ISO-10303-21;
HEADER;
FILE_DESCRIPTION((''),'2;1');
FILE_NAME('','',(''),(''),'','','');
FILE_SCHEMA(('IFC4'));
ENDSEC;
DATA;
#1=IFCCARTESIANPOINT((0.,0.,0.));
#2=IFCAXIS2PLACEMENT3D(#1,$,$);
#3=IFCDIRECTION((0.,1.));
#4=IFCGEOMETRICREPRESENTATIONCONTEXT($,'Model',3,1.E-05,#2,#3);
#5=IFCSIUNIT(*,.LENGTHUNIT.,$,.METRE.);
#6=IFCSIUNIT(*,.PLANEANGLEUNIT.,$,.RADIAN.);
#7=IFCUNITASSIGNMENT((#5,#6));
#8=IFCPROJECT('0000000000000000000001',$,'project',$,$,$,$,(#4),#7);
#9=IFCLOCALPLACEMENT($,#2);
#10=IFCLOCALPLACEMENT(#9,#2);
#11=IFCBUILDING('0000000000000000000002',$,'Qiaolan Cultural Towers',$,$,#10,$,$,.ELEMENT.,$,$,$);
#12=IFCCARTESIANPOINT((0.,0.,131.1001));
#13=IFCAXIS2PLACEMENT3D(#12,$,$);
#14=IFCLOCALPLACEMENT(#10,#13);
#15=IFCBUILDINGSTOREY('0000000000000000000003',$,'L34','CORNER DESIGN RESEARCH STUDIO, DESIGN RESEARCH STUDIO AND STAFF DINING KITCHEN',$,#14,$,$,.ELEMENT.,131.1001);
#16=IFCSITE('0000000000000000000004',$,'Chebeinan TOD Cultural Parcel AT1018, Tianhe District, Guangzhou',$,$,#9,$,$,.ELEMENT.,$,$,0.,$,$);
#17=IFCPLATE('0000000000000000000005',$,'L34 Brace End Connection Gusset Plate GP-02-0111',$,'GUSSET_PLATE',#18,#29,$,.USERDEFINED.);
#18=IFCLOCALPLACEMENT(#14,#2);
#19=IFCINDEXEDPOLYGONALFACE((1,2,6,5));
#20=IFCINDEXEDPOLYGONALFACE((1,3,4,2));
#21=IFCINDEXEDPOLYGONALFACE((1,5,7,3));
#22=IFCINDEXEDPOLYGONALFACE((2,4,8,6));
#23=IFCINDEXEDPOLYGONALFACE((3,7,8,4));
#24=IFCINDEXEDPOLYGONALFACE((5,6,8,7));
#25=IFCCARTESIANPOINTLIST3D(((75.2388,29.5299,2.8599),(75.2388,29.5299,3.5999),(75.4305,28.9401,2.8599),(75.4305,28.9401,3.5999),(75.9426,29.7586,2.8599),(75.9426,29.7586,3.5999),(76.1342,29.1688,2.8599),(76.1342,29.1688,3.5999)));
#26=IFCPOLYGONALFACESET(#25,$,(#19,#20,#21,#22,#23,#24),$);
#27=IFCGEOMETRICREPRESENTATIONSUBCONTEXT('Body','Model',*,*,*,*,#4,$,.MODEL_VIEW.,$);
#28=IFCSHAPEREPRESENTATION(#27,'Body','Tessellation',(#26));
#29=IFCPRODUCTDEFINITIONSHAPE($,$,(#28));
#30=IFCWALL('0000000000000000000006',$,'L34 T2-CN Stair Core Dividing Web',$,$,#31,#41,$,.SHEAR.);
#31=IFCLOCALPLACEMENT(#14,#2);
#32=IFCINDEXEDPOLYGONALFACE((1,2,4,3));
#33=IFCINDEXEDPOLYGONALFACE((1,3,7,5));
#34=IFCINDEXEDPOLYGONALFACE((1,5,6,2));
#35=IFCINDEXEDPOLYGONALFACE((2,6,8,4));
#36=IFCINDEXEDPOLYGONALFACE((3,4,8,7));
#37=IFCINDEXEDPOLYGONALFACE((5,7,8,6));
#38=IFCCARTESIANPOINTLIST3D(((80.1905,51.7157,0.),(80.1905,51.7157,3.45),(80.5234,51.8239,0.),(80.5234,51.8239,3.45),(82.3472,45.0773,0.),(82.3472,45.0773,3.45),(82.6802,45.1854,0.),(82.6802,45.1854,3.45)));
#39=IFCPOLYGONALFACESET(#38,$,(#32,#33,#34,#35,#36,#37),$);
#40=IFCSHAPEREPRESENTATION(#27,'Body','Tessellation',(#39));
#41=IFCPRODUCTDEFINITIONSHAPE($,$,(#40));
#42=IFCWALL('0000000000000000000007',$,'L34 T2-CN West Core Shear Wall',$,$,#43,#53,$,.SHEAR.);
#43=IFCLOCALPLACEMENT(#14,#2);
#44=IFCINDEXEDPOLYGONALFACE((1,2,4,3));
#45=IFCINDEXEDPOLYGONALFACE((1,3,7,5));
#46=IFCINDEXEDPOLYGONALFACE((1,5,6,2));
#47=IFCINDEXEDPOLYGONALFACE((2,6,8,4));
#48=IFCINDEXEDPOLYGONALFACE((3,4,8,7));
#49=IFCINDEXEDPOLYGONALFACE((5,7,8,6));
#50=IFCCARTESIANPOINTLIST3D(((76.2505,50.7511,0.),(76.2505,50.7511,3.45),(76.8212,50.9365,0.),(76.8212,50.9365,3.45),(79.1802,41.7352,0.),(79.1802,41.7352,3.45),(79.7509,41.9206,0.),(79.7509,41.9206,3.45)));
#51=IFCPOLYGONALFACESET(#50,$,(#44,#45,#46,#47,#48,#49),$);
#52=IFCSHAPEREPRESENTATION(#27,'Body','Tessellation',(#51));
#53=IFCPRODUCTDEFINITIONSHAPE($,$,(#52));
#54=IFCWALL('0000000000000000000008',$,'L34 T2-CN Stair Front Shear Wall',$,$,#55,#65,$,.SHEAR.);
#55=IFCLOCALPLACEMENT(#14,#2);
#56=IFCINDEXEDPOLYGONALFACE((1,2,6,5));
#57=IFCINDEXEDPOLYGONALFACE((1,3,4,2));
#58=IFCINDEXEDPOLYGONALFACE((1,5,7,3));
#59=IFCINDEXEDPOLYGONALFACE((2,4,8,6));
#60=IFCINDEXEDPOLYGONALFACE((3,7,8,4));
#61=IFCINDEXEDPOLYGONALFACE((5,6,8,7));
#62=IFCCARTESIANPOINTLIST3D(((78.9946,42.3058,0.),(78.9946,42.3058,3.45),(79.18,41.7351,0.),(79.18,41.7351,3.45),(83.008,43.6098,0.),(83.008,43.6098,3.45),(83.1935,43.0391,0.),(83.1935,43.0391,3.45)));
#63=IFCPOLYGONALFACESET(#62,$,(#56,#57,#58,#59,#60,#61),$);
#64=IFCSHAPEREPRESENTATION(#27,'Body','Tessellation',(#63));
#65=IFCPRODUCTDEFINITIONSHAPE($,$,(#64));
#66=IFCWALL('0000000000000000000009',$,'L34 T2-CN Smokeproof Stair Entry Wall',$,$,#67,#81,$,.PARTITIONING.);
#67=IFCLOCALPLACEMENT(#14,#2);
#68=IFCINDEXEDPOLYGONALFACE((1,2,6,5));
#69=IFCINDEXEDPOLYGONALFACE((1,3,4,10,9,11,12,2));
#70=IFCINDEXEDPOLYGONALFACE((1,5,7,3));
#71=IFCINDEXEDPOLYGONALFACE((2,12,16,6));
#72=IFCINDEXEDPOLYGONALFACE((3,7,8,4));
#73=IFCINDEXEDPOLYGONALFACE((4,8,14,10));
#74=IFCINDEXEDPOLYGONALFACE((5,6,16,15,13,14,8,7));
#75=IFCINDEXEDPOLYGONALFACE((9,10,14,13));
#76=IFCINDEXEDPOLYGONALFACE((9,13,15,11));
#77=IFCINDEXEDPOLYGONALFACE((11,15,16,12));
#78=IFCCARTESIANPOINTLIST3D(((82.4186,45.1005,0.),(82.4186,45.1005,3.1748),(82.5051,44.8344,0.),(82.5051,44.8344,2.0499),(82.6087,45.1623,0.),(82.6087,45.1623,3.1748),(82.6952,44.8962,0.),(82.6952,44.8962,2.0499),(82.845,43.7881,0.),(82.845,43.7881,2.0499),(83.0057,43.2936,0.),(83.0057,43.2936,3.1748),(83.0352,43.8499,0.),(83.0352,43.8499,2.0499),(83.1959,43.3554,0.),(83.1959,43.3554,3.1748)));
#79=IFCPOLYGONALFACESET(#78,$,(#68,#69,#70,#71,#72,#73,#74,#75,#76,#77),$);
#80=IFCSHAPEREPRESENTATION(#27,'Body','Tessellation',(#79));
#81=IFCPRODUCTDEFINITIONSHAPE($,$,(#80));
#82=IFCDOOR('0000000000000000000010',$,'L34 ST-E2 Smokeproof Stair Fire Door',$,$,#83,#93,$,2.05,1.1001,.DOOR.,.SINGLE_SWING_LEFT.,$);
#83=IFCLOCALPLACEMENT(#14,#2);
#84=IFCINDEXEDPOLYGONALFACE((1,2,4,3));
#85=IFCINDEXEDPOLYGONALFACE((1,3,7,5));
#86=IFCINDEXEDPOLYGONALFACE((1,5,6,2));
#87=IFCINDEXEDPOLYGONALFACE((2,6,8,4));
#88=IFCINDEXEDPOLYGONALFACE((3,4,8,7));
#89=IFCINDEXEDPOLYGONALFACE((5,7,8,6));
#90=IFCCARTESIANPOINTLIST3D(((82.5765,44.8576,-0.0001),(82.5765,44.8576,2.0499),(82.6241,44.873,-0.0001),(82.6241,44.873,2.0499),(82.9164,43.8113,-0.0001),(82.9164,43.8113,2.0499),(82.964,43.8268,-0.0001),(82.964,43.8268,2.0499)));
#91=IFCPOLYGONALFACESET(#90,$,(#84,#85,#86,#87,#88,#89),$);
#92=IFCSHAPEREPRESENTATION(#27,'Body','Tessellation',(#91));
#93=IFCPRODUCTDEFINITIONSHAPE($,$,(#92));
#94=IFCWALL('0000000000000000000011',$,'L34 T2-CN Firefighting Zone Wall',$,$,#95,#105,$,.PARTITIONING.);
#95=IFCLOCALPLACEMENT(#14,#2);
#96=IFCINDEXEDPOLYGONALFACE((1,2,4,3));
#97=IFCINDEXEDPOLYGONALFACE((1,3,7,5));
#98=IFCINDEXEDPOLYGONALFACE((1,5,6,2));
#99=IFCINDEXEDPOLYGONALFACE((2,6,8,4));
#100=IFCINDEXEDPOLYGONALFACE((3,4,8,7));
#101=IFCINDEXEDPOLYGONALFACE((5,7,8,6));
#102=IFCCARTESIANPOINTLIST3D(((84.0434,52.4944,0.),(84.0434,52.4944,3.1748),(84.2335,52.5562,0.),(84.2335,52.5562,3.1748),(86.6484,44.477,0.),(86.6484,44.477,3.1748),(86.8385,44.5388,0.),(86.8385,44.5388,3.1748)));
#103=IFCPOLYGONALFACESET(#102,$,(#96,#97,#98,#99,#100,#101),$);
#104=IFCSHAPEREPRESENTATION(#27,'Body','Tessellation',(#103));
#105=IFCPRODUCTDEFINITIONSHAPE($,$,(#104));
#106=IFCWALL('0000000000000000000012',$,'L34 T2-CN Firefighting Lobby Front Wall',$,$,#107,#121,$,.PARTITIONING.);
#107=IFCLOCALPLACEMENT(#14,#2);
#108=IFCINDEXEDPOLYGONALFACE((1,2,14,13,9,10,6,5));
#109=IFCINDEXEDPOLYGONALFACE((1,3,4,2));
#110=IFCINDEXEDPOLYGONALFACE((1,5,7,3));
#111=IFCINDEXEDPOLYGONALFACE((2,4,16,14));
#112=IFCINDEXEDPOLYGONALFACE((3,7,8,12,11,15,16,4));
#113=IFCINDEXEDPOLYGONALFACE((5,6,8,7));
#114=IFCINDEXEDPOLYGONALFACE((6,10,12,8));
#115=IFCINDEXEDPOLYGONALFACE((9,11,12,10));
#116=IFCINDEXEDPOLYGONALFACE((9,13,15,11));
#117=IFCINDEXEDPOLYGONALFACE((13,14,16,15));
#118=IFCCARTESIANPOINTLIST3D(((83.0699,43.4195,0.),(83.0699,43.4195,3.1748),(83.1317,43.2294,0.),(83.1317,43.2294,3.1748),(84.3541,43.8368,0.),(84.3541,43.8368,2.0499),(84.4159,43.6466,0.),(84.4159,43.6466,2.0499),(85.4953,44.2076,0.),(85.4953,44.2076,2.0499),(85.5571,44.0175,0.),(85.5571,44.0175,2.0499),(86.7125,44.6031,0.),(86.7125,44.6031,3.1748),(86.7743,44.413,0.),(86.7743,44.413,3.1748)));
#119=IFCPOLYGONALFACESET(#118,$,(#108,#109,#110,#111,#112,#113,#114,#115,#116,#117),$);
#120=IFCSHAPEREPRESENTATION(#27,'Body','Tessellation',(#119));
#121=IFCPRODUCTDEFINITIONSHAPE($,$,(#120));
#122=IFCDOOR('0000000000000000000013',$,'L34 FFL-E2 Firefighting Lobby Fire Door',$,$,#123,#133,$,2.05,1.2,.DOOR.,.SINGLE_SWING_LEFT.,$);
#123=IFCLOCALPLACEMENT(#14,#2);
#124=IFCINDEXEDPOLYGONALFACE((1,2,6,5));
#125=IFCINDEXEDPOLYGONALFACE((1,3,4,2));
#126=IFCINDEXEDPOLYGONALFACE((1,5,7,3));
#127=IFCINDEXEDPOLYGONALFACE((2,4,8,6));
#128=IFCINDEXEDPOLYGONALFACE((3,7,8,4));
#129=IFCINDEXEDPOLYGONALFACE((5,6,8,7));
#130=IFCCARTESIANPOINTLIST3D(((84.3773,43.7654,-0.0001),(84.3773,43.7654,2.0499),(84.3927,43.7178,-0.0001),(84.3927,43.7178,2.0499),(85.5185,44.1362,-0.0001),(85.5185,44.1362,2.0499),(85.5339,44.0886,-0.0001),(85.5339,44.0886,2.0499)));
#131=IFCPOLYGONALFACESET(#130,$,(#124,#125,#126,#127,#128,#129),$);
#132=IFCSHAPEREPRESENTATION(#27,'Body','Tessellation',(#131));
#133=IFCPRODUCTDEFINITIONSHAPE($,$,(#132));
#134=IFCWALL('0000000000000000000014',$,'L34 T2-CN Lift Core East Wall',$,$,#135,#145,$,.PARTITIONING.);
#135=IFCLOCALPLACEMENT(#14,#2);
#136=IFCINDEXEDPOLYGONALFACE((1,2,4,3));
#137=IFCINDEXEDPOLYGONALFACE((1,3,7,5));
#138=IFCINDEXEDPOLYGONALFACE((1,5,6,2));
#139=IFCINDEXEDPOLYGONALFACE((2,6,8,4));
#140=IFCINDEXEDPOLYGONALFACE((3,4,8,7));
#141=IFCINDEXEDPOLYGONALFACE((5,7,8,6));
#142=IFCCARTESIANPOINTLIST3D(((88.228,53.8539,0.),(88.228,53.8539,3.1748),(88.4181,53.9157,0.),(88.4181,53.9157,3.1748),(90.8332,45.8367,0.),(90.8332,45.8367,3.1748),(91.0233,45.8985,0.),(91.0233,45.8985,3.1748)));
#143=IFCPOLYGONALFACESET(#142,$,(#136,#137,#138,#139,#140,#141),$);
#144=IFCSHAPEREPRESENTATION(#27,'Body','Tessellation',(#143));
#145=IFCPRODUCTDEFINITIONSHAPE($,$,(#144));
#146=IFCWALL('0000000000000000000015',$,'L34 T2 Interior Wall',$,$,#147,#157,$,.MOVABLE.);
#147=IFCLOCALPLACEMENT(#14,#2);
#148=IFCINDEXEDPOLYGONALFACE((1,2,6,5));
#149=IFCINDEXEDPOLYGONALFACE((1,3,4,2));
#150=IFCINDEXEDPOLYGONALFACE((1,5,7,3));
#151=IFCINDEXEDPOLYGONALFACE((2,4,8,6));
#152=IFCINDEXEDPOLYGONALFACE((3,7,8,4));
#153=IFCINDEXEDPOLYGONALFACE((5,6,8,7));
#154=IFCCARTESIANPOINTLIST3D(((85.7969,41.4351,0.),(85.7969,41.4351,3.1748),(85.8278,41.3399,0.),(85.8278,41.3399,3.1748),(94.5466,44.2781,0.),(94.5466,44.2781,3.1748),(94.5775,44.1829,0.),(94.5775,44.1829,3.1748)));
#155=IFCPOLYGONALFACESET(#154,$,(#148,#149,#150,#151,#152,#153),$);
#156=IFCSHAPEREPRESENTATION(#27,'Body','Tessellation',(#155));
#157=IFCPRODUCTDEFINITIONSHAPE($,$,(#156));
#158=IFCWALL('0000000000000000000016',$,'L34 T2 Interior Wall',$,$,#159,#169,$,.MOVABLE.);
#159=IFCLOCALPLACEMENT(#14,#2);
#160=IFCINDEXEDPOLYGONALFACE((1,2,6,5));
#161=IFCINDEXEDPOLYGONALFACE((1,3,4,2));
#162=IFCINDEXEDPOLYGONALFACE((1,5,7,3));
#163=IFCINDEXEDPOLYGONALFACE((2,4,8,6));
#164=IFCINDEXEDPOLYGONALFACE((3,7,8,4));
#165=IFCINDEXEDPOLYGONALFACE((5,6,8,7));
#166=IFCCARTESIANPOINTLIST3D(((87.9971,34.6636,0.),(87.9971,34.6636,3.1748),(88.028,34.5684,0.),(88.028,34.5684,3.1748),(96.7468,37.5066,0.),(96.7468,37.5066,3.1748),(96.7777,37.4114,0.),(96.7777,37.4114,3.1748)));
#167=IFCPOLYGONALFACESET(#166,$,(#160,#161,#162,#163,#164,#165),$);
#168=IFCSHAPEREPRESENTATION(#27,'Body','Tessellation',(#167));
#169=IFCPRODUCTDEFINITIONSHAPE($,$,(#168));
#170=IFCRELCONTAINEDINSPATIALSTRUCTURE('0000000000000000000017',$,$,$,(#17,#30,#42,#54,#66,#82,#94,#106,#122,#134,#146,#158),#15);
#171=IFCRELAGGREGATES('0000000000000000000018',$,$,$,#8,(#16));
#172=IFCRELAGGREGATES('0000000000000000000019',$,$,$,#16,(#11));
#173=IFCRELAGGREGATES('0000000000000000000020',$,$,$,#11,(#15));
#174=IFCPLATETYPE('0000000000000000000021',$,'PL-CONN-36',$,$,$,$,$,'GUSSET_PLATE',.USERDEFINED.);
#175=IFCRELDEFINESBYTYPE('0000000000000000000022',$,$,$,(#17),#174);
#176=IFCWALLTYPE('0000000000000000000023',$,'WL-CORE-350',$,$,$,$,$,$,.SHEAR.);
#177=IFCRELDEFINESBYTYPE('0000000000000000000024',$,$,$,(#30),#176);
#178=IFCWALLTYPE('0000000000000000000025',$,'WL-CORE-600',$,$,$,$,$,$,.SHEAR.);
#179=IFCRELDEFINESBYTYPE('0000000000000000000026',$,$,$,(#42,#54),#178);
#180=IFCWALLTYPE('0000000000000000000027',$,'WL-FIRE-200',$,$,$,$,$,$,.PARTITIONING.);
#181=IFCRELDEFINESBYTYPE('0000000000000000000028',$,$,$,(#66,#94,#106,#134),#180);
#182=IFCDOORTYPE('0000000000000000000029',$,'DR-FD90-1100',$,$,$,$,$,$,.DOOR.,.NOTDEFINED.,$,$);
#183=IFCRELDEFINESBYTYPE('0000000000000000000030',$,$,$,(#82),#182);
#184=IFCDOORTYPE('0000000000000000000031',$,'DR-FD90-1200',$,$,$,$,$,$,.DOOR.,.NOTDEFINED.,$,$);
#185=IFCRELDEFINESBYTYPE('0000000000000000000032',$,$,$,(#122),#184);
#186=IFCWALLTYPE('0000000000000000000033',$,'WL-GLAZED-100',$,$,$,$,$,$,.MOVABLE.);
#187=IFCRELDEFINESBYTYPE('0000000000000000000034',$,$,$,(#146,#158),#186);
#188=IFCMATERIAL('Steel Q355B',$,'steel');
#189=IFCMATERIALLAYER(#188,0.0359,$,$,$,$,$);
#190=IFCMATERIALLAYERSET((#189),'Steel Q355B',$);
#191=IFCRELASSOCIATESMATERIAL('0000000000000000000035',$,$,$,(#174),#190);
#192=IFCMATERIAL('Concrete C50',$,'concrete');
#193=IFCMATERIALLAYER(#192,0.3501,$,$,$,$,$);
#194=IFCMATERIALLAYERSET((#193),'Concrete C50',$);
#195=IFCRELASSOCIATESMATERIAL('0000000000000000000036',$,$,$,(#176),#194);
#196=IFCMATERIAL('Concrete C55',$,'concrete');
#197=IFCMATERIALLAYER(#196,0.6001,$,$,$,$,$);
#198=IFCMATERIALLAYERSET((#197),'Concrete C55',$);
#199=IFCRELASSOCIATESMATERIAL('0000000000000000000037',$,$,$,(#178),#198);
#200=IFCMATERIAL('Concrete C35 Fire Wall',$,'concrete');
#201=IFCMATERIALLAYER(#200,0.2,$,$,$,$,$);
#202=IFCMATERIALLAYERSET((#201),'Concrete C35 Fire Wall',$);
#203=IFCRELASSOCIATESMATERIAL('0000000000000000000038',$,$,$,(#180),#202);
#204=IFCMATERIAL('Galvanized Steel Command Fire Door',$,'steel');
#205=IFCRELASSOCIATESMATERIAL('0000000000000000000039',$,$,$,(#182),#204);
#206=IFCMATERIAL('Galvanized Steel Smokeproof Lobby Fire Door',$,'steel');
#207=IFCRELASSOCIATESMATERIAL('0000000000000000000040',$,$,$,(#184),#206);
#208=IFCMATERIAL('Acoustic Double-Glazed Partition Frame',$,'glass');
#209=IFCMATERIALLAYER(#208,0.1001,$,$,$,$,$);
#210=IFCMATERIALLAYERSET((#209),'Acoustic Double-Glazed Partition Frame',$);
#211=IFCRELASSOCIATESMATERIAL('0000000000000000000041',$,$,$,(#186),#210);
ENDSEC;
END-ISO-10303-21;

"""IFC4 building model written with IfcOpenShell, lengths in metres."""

from ifc_helpers import new_model, si_unit, direction, frame, frame_2d, origin, origin_2d, place, context, subcontext, project, spatial, rectangle, extrude, material, layer, layer_set, type_object, element, fill, save


model = new_model("IFC4")

# Units and contexts
model_context = context("Model", 3, precision=1e-05, world=origin(), true_north=direction((0.0, 1.0)))
body_context = subcontext(model_context, "Body", "Model", "MODEL_VIEW")
ifc_project = project(units=[si_unit("LENGTHUNIT", "METRE"), si_unit("PLANEANGLEUNIT", "RADIAN")], contexts=[model_context])

# Site, building, storey
site_placement = place(None, origin())
site = spatial("IfcSite", under=ifc_project, at=site_placement, Name="Chebeinan TOD Cultural Parcel AT1018, Tianhe District, Guangzhou", CompositionType="ELEMENT", RefElevation=0.0)
building_placement = place(site_placement, origin())
building = spatial("IfcBuilding", under=site, at=building_placement, Name="Qiaolan Cultural Towers", CompositionType="ELEMENT")
storey_placement = place(building_placement, frame((0.0, 0.0, 131.1001)))
storey = spatial("IfcBuildingStorey", under=building, at=storey_placement, Name="L34", Description="CORNER DESIGN RESEARCH STUDIO, DESIGN RESEARCH STUDIO AND STAFF DINING KITCHEN", CompositionType="ELEMENT", Elevation=131.1001)

# Plate
ifc_material_1 = material(Name="Steel Q355B", Category="steel")
ifc_layer_1 = layer(ifc_material_1, 0.0359)
ifc_layer_set_1 = layer_set([ifc_layer_1], Name="Steel Q355B")
plate_type = type_object("IfcPlateType", Name="PL-CONN-36", ElementType="GUSSET_PLATE", PredefinedType="USERDEFINED", material=ifc_layer_set_1)
plate_placement = place(storey_placement, frame((75.6865, 29.3494, 2.8599), z_axis=(0.0, 0.0, 1.0), x_axis=(0.951056, 0.309017, 0.0)))
element("IfcPlate", 1, at=plate_placement, inside=storey, type_object=plate_type, Name="L34 Brace End Connection Gusset Plate GP-02-0111", ObjectType="GUSSET_PLATE", PredefinedType="USERDEFINED", context=body_context, shape_type="SweptSolid", body=[
    extrude(rectangle(XDim=0.74, YDim=0.6201, at=origin_2d()), origin(), (0.0, 0.0, 1.0), 0.74),
])

# Walls
ifc_material_2 = material(Name="Concrete C50", Category="concrete")
ifc_layer_2 = layer(ifc_material_2, 0.3501)
ifc_layer_set_2 = layer_set([ifc_layer_2], Name="Concrete C50")
wall_type_1 = type_object("IfcWallType", Name="WL-CORE-350", PredefinedType="SHEAR", material=ifc_layer_set_2)
wall_1_placement = place(storey_placement, frame((82.5137, 45.1313, 0.0), z_axis=(0.0, 0.0, 1.0), x_axis=(-0.308989, 0.951066, 0.0)))
element("IfcWall", 2, at=wall_1_placement, inside=storey, type_object=wall_type_1, Name="L34 T2-CN Stair Core Dividing Web", PredefinedType="SHEAR", context=body_context, shape_type="SweptSolid", body=[
    extrude(rectangle(XDim=6.98, YDim=0.3501, at=frame_2d((3.49, 0.0))), origin(), (0.0, 0.0, 1.0), 3.45),
])
ifc_material_3 = material(Name="Concrete C55", Category="concrete")
ifc_layer_3 = layer(ifc_material_3, 0.6001)
ifc_layer_set_3 = layer_set([ifc_layer_3], Name="Concrete C55")
wall_type_2 = type_object("IfcWallType", Name="WL-CORE-600", PredefinedType="SHEAR", material=ifc_layer_set_3)
wall_2_placement = place(storey_placement, frame((79.4656, 41.8279, 0.0), z_axis=(0.0, 0.0, 1.0), x_axis=(-0.309041, 0.951049, 0.0)))
element("IfcWall", 3, at=wall_2_placement, inside=storey, type_object=wall_type_2, Name="L34 T2-CN West Core Shear Wall", PredefinedType="SHEAR", context=body_context, shape_type="SweptSolid", body=[
    extrude(rectangle(XDim=9.48, YDim=0.6001, at=frame_2d((4.74, 0.0))), origin(), (0.0, 0.0, 1.0), 3.45),
])
wall_3_placement = place(storey_placement, frame((79.0874, 42.0205, 0.0), z_axis=(0.0, 0.0, 1.0), x_axis=(0.951063, 0.308998, 0.0)))
element("IfcWall", 4, at=wall_3_placement, inside=storey, type_object=wall_type_2, Name="L34 T2-CN Stair Front Shear Wall", PredefinedType="SHEAR", context=body_context, shape_type="SweptSolid", body=[
    extrude(rectangle(XDim=4.22, YDim=0.6001, at=frame_2d((2.1099, 0.0))), origin(), (0.0, 0.0, 1.0), 3.45),
])

# Wall, opening, door
ifc_material_4 = material(Name="Concrete C35 Fire Wall", Category="concrete")
ifc_layer_4 = layer(ifc_material_4, 0.2)
ifc_layer_set_4 = layer_set([ifc_layer_4], Name="Concrete C35 Fire Wall")
wall_type_3 = type_object("IfcWallType", Name="WL-FIRE-200", PredefinedType="PARTITIONING", material=ifc_layer_set_4)
wall_4_placement = place(storey_placement, frame((83.1008, 43.3245, 0.0), z_axis=(0.0, 0.0, 1.0), x_axis=(-0.309048, 0.951046, 0.0)))
wall_4 = element("IfcWall", 5, at=wall_4_placement, inside=storey, type_object=wall_type_3, Name="L34 T2-CN Smokeproof Stair Entry Wall", PredefinedType="PARTITIONING", context=body_context, shape_type="SweptSolid", body=[
    extrude(rectangle(XDim=1.8999, YDim=0.2, at=frame_2d((0.95, 0.0))), origin(), (0.0, 0.0, 1.0), 3.1748),
])
opening_1_placement = place(wall_4_placement, frame((0.52, 0.0, 0.0)))
opening_1 = element("IfcOpeningElement", 6, at=opening_1_placement, cuts=wall_4, PredefinedType="OPENING", context=body_context, shape_type="SweptSolid", body=[
    extrude(rectangle(XDim=1.1001, YDim=2.05, at=frame_2d((0.55, 1.0249))), frame((0.0, 0.1099, 0.0), z_axis=(0.0, -1.0, 0.0), x_axis=(1.0, 0.0, 0.0)), (0.0, 0.0, 1.0), 0.22),
])
ifc_material_5 = material(Name="Galvanized Steel Command Fire Door", Category="steel")
door_type_1 = type_object("IfcDoorType", Name="DR-FD90-1100", OperationType="NOTDEFINED", PredefinedType="DOOR", material=ifc_material_5)
door_1_placement = place(opening_1_placement, origin())
door_1 = element("IfcDoor", 7, at=door_1_placement, inside=storey, type_object=door_type_1, Name="L34 ST-E2 Smokeproof Stair Fire Door", OperationType="SINGLE_SWING_LEFT", OverallHeight=2.05, OverallWidth=1.1001, PredefinedType="DOOR", context=body_context, shape_type="SweptSolid", body=[
    extrude(rectangle(XDim=1.1001, YDim=2.05, at=frame_2d((0.55, 1.0249))), frame((0.0, 0.0249, 0.0), z_axis=(0.0, -1.0, 0.0), x_axis=(1.0, 0.0, 0.0)), (0.0, 0.0, 1.0), 0.05),
])
fill(opening_1, door_1)

# Wall
wall_5_placement = place(storey_placement, frame((86.7434, 44.5081, 0.0), z_axis=(0.0, 0.0, 1.0), x_axis=(-0.309016, 0.951057, 0.0)))
element("IfcWall", 8, at=wall_5_placement, inside=storey, type_object=wall_type_3, Name="L34 T2-CN Firefighting Zone Wall", PredefinedType="PARTITIONING", context=body_context, shape_type="SweptSolid", body=[
    extrude(rectangle(XDim=8.4299, YDim=0.2, at=frame_2d((4.2148, 0.0))), origin(), (0.0, 0.0, 1.0), 3.1748),
])

# Wall, opening, door
wall_6_placement = place(storey_placement, frame((83.1008, 43.3245, 0.0), z_axis=(0.0, 0.0, 1.0), x_axis=(0.951053, 0.309028, 0.0)))
wall_6 = element("IfcWall", 9, at=wall_6_placement, inside=storey, type_object=wall_type_3, Name="L34 T2-CN Firefighting Lobby Front Wall", PredefinedType="PARTITIONING", context=body_context, shape_type="SweptSolid", body=[
    extrude(rectangle(XDim=3.8301, YDim=0.2, at=frame_2d((1.915, 0.0))), origin(), (0.0, 0.0, 1.0), 3.1748),
])
opening_2_placement = place(wall_6_placement, frame((1.3501, 0.0, 0.0)))
opening_2 = element("IfcOpeningElement", 10, at=opening_2_placement, cuts=wall_6, PredefinedType="OPENING", context=body_context, shape_type="SweptSolid", body=[
    extrude(rectangle(XDim=1.2, YDim=2.05, at=frame_2d((0.6001, 1.0249))), frame((0.0, 0.1099, 0.0), z_axis=(0.0, -1.0, 0.0), x_axis=(1.0, 0.0, 0.0)), (0.0, 0.0, 1.0), 0.22),
])
ifc_material_6 = material(Name="Galvanized Steel Smokeproof Lobby Fire Door", Category="steel")
door_type_2 = type_object("IfcDoorType", Name="DR-FD90-1200", OperationType="NOTDEFINED", PredefinedType="DOOR", material=ifc_material_6)
door_2_placement = place(opening_2_placement, origin())
door_2 = element("IfcDoor", 11, at=door_2_placement, inside=storey, type_object=door_type_2, Name="L34 FFL-E2 Firefighting Lobby Fire Door", OperationType="SINGLE_SWING_LEFT", OverallHeight=2.05, OverallWidth=1.2, PredefinedType="DOOR", context=body_context, shape_type="SweptSolid", body=[
    extrude(rectangle(XDim=1.2, YDim=2.05, at=frame_2d((0.6001, 1.0249))), frame((0.0, 0.0249, 0.0), z_axis=(0.0, -1.0, 0.0), x_axis=(1.0, 0.0, 0.0)), (0.0, 0.0, 1.0), 0.05),
])
fill(opening_2, door_2)

# Walls
wall_7_placement = place(storey_placement, frame((90.9282, 45.8677, 0.0), z_axis=(0.0, 0.0, 1.0), x_axis=(-0.309042, 0.951048, 0.0)))
element("IfcWall", 12, at=wall_7_placement, inside=storey, type_object=wall_type_3, Name="L34 T2-CN Lift Core East Wall", PredefinedType="PARTITIONING", context=body_context, shape_type="SweptSolid", body=[
    extrude(rectangle(XDim=8.4299, YDim=0.2, at=frame_2d((4.2148, 0.0))), origin(), (0.0, 0.0, 1.0), 3.1748),
])
ifc_material_7 = material(Name="Acoustic Double-Glazed Partition Frame", Category="glass")
ifc_layer_5 = layer(ifc_material_7, 0.1001)
ifc_layer_set_5 = layer_set([ifc_layer_5], Name="Acoustic Double-Glazed Partition Frame")
wall_type_4 = type_object("IfcWallType", Name="WL-GLAZED-100", PredefinedType="MOVABLE", material=ifc_layer_set_5)
for number, where, z_axis, x_axis, name in (
    (13, (85.8123, 41.3875, 0.0), (0.0, 0.0, 1.0), (0.951055, 0.309022, 0.0), "L34 T2 Interior Wall"),
    (14, (88.0125, 34.616, 0.0), (0.0, 0.0, 1.0), (0.951055, 0.309022, 0.0), "L34 T2 Interior Wall"),
):
    element("IfcWall", number, at=place(storey_placement, frame(where, z_axis=z_axis, x_axis=x_axis)), inside=storey, type_object=wall_type_4, Name=name, PredefinedType="MOVABLE", context=body_context, shape_type="SweptSolid", body=[
        extrude(rectangle(XDim=9.2, YDim=0.1001, at=frame_2d((4.6001, 0.0))), origin(), (0.0, 0.0, 1.0), 3.1748),
    ])

save(model, "model.ifc")
